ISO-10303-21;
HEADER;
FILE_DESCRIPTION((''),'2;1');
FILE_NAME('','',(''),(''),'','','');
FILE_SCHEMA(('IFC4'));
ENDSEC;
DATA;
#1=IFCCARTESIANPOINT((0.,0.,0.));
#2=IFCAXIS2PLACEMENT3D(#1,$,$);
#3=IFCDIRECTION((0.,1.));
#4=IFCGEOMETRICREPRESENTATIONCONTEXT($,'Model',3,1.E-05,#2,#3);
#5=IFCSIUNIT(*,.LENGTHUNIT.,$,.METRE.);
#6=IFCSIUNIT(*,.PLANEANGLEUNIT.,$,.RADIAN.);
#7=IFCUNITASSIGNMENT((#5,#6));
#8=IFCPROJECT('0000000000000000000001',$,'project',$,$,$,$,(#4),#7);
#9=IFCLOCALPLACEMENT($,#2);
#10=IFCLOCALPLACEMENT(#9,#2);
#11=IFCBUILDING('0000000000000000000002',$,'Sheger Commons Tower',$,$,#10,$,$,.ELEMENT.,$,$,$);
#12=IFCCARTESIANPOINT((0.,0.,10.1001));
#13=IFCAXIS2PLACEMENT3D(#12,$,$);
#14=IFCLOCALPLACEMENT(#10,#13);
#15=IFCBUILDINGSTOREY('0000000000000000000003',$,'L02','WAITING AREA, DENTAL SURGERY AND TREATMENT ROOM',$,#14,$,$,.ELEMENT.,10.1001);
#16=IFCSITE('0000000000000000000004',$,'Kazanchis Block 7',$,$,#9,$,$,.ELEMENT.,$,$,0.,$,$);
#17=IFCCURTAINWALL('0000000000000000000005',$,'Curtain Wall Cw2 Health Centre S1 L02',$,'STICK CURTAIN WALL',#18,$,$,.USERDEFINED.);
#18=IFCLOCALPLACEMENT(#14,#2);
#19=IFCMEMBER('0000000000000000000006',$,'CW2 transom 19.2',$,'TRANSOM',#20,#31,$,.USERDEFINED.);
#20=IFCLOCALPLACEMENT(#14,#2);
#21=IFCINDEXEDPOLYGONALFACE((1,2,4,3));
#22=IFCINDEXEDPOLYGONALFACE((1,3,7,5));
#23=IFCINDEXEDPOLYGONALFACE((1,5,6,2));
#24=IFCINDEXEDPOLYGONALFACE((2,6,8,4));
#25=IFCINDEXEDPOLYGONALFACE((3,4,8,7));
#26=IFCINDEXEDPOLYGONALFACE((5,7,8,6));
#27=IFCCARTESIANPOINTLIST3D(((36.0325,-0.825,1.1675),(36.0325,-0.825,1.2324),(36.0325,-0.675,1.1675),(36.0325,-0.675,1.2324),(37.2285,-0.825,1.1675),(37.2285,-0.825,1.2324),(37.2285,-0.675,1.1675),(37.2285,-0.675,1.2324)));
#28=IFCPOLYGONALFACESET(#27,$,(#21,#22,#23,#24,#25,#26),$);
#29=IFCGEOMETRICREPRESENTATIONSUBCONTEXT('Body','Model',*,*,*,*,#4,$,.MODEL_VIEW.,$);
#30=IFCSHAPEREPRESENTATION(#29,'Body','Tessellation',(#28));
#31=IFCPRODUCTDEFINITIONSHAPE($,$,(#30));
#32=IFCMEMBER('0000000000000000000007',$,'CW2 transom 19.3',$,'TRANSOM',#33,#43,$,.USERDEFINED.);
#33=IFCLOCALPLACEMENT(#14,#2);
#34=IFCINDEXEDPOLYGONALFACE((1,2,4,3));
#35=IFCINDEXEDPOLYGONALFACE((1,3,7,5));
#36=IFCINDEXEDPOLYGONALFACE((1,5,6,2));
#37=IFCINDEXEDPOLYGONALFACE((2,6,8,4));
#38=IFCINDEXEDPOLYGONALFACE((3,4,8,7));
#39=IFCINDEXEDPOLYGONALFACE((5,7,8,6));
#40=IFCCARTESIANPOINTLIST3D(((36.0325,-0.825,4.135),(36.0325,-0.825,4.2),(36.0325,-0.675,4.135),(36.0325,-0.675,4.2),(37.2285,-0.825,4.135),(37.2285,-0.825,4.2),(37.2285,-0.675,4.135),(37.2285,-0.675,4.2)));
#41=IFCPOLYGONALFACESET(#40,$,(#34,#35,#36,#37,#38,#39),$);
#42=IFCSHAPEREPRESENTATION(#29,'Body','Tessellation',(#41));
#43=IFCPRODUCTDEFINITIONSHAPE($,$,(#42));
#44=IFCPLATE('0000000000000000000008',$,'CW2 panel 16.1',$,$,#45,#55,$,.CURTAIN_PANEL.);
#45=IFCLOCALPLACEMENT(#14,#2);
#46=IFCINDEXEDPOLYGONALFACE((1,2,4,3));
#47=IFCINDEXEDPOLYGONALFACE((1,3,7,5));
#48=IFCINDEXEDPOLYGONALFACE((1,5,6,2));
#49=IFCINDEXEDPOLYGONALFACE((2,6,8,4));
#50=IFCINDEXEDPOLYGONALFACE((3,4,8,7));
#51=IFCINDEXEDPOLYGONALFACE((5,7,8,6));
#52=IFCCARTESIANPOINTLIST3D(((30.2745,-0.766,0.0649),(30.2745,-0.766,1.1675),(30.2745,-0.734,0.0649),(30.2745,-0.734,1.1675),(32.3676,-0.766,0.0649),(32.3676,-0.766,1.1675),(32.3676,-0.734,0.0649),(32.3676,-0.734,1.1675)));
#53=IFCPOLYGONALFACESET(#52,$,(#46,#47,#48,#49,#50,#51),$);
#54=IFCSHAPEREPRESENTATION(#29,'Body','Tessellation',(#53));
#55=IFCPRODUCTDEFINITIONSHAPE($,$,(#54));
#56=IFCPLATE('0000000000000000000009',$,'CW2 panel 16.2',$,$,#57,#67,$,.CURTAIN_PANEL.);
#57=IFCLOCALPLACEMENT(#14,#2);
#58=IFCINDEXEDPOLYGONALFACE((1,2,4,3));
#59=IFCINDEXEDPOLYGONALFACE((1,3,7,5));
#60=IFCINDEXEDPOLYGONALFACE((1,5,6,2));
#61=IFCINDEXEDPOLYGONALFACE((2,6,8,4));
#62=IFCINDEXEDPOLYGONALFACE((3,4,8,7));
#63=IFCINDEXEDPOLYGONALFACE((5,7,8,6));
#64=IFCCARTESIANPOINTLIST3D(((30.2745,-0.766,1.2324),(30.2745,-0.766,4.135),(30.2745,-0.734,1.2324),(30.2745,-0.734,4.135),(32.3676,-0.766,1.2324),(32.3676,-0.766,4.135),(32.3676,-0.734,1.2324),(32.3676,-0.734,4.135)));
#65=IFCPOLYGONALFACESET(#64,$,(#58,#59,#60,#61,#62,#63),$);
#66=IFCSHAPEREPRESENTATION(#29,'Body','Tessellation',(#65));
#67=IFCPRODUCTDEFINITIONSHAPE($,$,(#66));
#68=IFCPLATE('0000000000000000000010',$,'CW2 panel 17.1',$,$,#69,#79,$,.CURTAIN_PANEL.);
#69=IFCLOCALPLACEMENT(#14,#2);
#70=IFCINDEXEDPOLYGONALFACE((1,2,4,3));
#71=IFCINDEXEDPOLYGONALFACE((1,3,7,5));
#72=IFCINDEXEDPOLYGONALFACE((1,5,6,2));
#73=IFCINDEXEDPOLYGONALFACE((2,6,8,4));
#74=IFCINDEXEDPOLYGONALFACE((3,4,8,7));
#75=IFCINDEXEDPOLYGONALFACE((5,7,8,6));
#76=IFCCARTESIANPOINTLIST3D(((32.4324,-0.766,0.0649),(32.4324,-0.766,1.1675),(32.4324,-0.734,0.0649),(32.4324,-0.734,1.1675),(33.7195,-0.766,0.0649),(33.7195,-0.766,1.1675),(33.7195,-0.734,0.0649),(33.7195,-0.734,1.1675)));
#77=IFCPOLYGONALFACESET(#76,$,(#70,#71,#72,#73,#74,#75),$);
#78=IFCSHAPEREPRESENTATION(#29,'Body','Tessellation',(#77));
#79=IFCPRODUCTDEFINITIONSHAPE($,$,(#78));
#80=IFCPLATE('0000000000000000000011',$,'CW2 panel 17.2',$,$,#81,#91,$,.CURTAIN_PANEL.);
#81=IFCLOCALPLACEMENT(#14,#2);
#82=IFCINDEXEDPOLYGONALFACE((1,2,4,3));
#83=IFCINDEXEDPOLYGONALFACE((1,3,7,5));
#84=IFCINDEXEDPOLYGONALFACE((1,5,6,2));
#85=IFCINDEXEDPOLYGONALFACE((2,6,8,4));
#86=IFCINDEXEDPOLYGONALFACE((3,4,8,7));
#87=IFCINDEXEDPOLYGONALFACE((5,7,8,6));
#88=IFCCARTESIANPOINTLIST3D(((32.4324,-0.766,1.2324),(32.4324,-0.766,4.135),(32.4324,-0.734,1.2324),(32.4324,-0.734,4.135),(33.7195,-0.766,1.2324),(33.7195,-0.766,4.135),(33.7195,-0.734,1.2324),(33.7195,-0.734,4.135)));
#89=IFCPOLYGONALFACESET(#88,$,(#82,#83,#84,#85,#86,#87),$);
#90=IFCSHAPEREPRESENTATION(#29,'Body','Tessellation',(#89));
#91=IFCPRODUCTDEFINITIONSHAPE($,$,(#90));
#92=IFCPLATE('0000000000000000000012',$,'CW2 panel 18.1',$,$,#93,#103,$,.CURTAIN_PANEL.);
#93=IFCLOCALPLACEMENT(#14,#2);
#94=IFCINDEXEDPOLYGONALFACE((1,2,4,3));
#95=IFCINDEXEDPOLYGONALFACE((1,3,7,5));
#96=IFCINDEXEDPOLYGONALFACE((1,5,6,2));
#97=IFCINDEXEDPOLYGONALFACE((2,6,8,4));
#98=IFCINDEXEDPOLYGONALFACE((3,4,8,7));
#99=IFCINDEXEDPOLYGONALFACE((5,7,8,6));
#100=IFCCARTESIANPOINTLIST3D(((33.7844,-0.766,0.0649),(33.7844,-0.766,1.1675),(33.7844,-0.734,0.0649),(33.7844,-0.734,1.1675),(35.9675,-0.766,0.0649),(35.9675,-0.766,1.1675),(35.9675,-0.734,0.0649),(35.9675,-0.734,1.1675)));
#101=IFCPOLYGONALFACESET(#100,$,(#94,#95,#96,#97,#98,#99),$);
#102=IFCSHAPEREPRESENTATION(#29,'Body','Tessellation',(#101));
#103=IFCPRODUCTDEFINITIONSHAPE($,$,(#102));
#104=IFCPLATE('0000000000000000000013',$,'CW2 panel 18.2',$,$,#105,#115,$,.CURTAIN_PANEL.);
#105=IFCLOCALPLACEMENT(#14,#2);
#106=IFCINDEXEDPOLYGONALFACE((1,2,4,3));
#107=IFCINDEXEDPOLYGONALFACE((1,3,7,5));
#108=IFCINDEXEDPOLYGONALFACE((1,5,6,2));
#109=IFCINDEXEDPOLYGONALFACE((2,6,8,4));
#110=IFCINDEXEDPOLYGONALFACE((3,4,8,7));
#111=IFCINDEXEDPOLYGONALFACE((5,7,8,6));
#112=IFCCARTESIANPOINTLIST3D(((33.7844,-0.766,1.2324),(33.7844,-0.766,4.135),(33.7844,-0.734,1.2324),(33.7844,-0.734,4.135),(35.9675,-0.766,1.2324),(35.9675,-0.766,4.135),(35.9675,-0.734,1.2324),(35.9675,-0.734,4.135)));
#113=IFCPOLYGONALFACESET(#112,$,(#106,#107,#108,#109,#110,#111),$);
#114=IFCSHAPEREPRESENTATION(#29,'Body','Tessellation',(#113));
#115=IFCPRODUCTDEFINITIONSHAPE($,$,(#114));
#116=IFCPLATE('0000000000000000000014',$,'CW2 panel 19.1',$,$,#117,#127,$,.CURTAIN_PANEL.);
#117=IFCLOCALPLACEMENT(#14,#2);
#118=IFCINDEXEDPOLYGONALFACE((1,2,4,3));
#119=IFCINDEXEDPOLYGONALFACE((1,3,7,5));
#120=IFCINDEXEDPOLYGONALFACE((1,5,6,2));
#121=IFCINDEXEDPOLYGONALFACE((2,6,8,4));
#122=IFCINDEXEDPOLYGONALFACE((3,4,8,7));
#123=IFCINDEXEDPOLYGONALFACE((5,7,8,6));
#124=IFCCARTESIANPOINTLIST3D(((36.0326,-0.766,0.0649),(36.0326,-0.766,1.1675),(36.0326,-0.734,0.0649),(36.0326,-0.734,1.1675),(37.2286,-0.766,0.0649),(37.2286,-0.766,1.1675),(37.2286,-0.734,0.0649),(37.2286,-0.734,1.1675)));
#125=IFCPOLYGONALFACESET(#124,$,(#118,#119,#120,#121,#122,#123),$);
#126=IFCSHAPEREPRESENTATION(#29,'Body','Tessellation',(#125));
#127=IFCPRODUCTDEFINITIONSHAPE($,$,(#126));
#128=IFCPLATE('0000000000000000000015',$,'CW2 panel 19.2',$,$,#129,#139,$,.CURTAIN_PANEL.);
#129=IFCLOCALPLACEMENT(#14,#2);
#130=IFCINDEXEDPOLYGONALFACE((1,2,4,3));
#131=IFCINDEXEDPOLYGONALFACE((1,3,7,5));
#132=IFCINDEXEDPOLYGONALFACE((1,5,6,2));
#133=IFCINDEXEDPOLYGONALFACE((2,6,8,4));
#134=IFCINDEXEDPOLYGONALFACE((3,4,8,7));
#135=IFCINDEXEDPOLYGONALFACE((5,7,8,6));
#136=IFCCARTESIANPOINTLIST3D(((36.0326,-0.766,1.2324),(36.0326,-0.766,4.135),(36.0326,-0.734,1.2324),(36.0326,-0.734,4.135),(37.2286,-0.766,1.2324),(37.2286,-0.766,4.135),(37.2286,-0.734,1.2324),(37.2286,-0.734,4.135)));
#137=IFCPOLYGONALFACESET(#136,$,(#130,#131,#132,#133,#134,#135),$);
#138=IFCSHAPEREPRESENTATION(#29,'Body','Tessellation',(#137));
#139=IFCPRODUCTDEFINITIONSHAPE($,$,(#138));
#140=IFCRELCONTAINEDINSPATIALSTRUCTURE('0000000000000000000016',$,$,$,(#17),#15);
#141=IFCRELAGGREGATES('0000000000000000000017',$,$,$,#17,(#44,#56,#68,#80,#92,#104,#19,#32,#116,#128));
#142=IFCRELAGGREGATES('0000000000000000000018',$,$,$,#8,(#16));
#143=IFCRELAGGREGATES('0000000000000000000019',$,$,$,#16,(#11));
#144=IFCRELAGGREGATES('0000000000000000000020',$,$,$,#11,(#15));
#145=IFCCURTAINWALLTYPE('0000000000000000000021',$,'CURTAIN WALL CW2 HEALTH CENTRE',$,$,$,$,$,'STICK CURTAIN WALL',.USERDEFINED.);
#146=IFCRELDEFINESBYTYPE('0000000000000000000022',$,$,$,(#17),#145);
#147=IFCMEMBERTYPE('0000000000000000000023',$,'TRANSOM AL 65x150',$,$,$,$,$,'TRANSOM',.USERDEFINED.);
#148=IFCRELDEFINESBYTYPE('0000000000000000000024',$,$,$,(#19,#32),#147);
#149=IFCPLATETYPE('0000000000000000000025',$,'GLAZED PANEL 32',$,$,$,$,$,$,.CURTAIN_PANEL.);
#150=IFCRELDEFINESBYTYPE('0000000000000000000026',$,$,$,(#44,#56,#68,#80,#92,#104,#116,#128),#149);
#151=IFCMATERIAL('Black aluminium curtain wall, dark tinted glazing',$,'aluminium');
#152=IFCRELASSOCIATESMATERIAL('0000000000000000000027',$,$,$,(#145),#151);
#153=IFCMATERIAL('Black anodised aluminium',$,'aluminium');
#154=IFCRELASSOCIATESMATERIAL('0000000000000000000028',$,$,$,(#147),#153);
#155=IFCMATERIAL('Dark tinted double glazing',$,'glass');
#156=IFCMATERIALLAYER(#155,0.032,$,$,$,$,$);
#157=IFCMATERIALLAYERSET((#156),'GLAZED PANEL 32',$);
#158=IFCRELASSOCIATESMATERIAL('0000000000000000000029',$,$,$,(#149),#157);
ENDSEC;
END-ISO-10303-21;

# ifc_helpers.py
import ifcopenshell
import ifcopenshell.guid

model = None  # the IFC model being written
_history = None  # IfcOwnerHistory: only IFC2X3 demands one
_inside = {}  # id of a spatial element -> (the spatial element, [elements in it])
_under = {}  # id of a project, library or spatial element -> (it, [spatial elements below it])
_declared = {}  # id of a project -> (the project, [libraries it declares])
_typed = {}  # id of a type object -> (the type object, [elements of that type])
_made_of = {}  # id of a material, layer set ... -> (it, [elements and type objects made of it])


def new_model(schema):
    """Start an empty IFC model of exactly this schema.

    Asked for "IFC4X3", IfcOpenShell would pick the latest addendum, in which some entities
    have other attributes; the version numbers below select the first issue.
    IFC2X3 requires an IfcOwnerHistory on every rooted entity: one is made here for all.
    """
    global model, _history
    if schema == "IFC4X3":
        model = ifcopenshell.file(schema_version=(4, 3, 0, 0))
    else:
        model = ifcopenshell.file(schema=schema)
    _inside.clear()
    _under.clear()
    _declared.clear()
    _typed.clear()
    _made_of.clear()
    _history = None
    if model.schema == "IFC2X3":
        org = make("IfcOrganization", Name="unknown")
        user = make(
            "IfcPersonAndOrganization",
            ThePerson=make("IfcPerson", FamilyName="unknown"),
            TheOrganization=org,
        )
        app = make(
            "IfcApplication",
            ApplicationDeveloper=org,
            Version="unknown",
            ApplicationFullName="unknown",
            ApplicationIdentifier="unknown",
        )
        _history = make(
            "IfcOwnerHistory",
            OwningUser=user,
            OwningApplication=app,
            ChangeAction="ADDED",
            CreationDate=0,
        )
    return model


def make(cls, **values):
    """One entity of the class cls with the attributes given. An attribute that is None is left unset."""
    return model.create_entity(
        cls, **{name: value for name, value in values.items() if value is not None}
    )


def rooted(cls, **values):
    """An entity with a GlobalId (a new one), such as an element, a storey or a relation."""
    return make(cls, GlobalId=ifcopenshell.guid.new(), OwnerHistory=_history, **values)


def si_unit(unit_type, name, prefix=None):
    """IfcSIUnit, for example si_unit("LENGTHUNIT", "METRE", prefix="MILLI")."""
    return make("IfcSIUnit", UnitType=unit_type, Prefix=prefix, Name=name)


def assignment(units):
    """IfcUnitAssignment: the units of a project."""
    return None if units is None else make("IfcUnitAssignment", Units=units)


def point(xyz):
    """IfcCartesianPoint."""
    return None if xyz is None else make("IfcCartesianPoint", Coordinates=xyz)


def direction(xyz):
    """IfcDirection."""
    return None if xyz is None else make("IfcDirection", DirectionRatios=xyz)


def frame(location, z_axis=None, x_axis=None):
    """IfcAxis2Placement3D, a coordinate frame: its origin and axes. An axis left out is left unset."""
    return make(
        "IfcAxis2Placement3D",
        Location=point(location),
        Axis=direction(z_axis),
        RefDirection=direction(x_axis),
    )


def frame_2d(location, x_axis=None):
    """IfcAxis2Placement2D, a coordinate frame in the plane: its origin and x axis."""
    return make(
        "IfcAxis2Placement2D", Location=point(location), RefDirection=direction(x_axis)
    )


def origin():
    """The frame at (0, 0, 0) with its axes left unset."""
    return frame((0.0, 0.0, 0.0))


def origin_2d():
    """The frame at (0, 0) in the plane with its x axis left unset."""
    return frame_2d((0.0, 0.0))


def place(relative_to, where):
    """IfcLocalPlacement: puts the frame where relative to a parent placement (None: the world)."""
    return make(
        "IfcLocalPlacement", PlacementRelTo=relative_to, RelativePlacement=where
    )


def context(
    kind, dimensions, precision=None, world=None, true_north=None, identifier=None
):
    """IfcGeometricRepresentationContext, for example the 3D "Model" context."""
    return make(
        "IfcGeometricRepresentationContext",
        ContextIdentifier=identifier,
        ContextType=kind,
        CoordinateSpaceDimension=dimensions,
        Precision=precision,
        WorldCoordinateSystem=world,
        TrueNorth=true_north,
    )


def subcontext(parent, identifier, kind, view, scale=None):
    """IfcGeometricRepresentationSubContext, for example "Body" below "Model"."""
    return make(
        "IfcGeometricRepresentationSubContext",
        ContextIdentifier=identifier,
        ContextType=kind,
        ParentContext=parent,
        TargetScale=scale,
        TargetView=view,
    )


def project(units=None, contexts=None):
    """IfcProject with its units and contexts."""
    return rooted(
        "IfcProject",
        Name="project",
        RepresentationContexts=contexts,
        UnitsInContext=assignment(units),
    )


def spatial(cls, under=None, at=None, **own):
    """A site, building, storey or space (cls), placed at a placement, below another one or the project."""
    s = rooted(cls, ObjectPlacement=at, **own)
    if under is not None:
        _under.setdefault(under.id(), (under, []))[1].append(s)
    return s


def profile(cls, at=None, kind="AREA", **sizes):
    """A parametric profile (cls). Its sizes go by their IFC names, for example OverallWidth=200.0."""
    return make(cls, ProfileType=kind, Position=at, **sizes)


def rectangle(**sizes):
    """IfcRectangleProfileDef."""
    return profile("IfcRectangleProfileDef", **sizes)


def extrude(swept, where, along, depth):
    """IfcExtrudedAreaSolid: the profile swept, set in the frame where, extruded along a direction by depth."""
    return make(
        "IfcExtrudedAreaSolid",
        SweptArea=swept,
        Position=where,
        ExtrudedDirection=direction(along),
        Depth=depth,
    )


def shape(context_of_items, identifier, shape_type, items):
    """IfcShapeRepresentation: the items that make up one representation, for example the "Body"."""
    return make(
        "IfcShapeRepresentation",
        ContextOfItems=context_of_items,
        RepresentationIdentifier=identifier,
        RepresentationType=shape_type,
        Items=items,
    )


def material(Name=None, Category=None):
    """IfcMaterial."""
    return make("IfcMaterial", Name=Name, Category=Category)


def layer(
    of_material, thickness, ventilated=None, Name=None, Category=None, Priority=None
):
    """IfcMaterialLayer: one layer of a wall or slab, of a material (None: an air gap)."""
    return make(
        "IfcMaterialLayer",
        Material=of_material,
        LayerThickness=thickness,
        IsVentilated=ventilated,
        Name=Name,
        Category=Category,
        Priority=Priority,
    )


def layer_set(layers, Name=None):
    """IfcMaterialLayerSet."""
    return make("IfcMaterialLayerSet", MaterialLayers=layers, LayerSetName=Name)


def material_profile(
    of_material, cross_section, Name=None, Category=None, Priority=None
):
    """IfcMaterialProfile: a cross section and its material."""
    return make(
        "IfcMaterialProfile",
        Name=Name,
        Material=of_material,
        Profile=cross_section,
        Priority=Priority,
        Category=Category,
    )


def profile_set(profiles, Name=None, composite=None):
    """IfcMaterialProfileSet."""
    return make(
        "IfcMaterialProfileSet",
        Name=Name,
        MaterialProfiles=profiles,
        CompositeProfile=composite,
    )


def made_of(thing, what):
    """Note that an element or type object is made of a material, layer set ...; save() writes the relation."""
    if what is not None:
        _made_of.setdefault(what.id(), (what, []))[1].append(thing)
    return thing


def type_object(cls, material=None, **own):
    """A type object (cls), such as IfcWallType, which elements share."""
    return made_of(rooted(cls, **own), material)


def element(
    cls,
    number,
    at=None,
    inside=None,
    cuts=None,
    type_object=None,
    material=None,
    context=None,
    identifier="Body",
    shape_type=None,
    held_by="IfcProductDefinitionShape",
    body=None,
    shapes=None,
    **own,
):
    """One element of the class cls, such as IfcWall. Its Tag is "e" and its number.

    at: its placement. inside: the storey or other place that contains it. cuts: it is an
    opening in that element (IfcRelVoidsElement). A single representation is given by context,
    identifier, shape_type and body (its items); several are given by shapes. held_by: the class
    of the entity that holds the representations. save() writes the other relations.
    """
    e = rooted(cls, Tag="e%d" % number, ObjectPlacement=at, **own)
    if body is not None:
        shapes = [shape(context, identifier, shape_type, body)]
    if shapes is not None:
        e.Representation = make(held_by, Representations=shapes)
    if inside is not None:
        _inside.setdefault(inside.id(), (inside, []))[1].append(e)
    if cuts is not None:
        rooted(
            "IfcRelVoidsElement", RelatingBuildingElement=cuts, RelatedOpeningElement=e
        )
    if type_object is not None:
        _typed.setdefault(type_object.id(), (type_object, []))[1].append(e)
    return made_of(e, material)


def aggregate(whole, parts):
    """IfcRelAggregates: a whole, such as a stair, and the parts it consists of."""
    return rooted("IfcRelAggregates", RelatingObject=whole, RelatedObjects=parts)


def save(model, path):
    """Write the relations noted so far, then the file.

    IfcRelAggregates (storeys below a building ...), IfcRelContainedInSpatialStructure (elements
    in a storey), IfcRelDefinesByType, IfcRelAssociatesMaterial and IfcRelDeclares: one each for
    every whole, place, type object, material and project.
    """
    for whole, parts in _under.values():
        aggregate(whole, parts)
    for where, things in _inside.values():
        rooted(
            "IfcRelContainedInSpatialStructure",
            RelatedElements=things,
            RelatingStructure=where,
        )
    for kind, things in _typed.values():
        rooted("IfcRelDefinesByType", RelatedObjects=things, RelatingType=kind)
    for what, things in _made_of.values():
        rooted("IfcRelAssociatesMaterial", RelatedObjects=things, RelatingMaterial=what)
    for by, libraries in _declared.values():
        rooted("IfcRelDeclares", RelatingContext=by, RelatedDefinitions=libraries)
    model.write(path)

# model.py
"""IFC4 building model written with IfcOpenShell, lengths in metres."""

from ifc_helpers import new_model, si_unit, direction, frame, origin, origin_2d, place, context, subcontext, project, spatial, rectangle, extrude, material, layer, layer_set, material_profile, profile_set, type_object, element, aggregate, save


model = new_model("IFC4")

# Units and contexts
model_context = context("Model", 3, precision=1e-05, world=origin(), true_north=direction((0.0, 1.0)))
body_context = subcontext(model_context, "Body", "Model", "MODEL_VIEW")
ifc_project = project(units=[si_unit("LENGTHUNIT", "METRE"), si_unit("PLANEANGLEUNIT", "RADIAN")], contexts=[model_context])

# Site, building, storey
site_placement = place(None, origin())
site = spatial("IfcSite", under=ifc_project, at=site_placement, Name="Kazanchis Block 7", CompositionType="ELEMENT", RefElevation=0.0)
building_placement = place(site_placement, origin())
building = spatial("IfcBuilding", under=site, at=building_placement, Name="Sheger Commons Tower", CompositionType="ELEMENT")
storey_placement = place(building_placement, frame((0.0, 0.0, 10.1001)))
storey = spatial("IfcBuildingStorey", under=building, at=storey_placement, Name="L02", Description="WAITING AREA, DENTAL SURGERY AND TREATMENT ROOM", CompositionType="ELEMENT", Elevation=10.1001)

# Curtain wall, members, plates
ifc_material_1 = material(Name="Black aluminium curtain wall, dark tinted glazing", Category="aluminium")
curtain_wall_type = type_object("IfcCurtainWallType", Name="CURTAIN WALL CW2 HEALTH CENTRE", ElementType="STICK CURTAIN WALL", PredefinedType="USERDEFINED", material=ifc_material_1)
curtain_wall_placement = place(storey_placement, origin())
curtain_wall = element("IfcCurtainWall", 1, at=curtain_wall_placement, inside=storey, type_object=curtain_wall_type, Name="Curtain Wall Cw2 Health Centre S1 L02", ObjectType="STICK CURTAIN WALL", PredefinedType="USERDEFINED")
ifc_material_2 = material(Name="Black anodised aluminium", Category="aluminium")
ifc_material_profile_1 = material_profile(ifc_material_2, rectangle(XDim=0.1499, YDim=0.0649, at=origin_2d()), Name="AL 65x150")
ifc_profile_set_1 = profile_set([ifc_material_profile_1], Name="Black anodised aluminium")
member_type_1 = type_object("IfcMemberType", Name="TRANSOM AL 65x150", ElementType="TRANSOM", PredefinedType="USERDEFINED", material=ifc_profile_set_1)
member_1_placement = place(storey_placement, frame((36.0325, -0.75, 1.2), z_axis=(1.0, 0.0, 0.0), x_axis=(0.0, 1.0, 0.0)))
member_1 = element("IfcMember", 2, at=member_1_placement, type_object=member_type_1, Name="CW2 transom 19.2", ObjectType="TRANSOM", PredefinedType="USERDEFINED", context=body_context, shape_type="SweptSolid", body=[
    extrude(rectangle(XDim=0.1499, YDim=0.0649, at=origin_2d()), origin(), (0.0, 0.0, 1.0), 1.196),
])
member_2_placement = place(storey_placement, frame((36.0325, -0.75, 4.1675), z_axis=(1.0, 0.0, 0.0), x_axis=(0.0, 1.0, 0.0)))
member_2 = element("IfcMember", 3, at=member_2_placement, type_object=member_type_1, Name="CW2 transom 19.3", ObjectType="TRANSOM", PredefinedType="USERDEFINED", context=body_context, shape_type="SweptSolid", body=[
    extrude(rectangle(XDim=0.1499, YDim=0.0649, at=origin_2d()), origin(), (0.0, 0.0, 1.0), 1.196),
])
ifc_material_3 = material(Name="Dark tinted double glazing", Category="glass")
ifc_layer = layer(ifc_material_3, 0.032)
ifc_layer_set = layer_set([ifc_layer], Name="GLAZED PANEL 32")
plate_type = type_object("IfcPlateType", Name="GLAZED PANEL 32", PredefinedType="CURTAIN_PANEL", material=ifc_layer_set)
plate_1_placement = place(storey_placement, frame((31.321, -0.75, 0.0649), z_axis=(0.0, 0.0, 1.0), x_axis=(1.0, 0.0, 0.0)))
plate_1 = element("IfcPlate", 4, at=plate_1_placement, type_object=plate_type, Name="CW2 panel 16.1", PredefinedType="CURTAIN_PANEL", context=body_context, shape_type="SweptSolid", body=[
    extrude(rectangle(XDim=2.093, YDim=0.032, at=origin_2d()), origin(), (0.0, 0.0, 1.0), 1.1025),
])
plate_2_placement = place(storey_placement, frame((31.321, -0.75, 1.2324), z_axis=(0.0, 0.0, 1.0), x_axis=(1.0, 0.0, 0.0)))
plate_2 = element("IfcPlate", 5, at=plate_2_placement, type_object=plate_type, Name="CW2 panel 16.2", PredefinedType="CURTAIN_PANEL", context=body_context, shape_type="SweptSolid", body=[
    extrude(rectangle(XDim=2.093, YDim=0.032, at=origin_2d()), origin(), (0.0, 0.0, 1.0), 2.9026),
])
plate_3_placement = place(storey_placement, frame((33.0759, -0.75, 0.0649), z_axis=(0.0, 0.0, 1.0), x_axis=(1.0, 0.0, 0.0)))
plate_3 = element("IfcPlate", 6, at=plate_3_placement, type_object=plate_type, Name="CW2 panel 17.1", PredefinedType="CURTAIN_PANEL", context=body_context, shape_type="SweptSolid", body=[
    extrude(rectangle(XDim=1.2871, YDim=0.032, at=origin_2d()), origin(), (0.0, 0.0, 1.0), 1.1025),
])
plate_4_placement = place(storey_placement, frame((33.0759, -0.75, 1.2324), z_axis=(0.0, 0.0, 1.0), x_axis=(1.0, 0.0, 0.0)))
plate_4 = element("IfcPlate", 7, at=plate_4_placement, type_object=plate_type, Name="CW2 panel 17.2", PredefinedType="CURTAIN_PANEL", context=body_context, shape_type="SweptSolid", body=[
    extrude(rectangle(XDim=1.2871, YDim=0.032, at=origin_2d()), origin(), (0.0, 0.0, 1.0), 2.9026),
])
plate_5_placement = place(storey_placement, frame((34.876, -0.75, 0.0649), z_axis=(0.0, 0.0, 1.0), x_axis=(1.0, 0.0, 0.0)))
plate_5 = element("IfcPlate", 8, at=plate_5_placement, type_object=plate_type, Name="CW2 panel 18.1", PredefinedType="CURTAIN_PANEL", context=body_context, shape_type="SweptSolid", body=[
    extrude(rectangle(XDim=2.1831, YDim=0.032, at=origin_2d()), origin(), (0.0, 0.0, 1.0), 1.1025),
])
plate_6_placement = place(storey_placement, frame((34.876, -0.75, 1.2324), z_axis=(0.0, 0.0, 1.0), x_axis=(1.0, 0.0, 0.0)))
plate_6 = element("IfcPlate", 9, at=plate_6_placement, type_object=plate_type, Name="CW2 panel 18.2", PredefinedType="CURTAIN_PANEL", context=body_context, shape_type="SweptSolid", body=[
    extrude(rectangle(XDim=2.1831, YDim=0.032, at=origin_2d()), origin(), (0.0, 0.0, 1.0), 2.9026),
])
plate_7_placement = place(storey_placement, frame((36.6306, -0.75, 0.0649), z_axis=(0.0, 0.0, 1.0), x_axis=(1.0, 0.0, 0.0)))
plate_7 = element("IfcPlate", 10, at=plate_7_placement, type_object=plate_type, Name="CW2 panel 19.1", PredefinedType="CURTAIN_PANEL", context=body_context, shape_type="SweptSolid", body=[
    extrude(rectangle(XDim=1.196, YDim=0.032, at=origin_2d()), origin(), (0.0, 0.0, 1.0), 1.1025),
])
plate_8_placement = place(storey_placement, frame((36.6306, -0.75, 1.2324), z_axis=(0.0, 0.0, 1.0), x_axis=(1.0, 0.0, 0.0)))
plate_8 = element("IfcPlate", 11, at=plate_8_placement, type_object=plate_type, Name="CW2 panel 19.2", PredefinedType="CURTAIN_PANEL", context=body_context, shape_type="SweptSolid", body=[
    extrude(rectangle(XDim=1.196, YDim=0.032, at=origin_2d()), origin(), (0.0, 0.0, 1.0), 2.9026),
])
aggregate(curtain_wall, [plate_1, plate_2, plate_3, plate_4, plate_5, plate_6, member_1, member_2, plate_7, plate_8])

save(model, "model.ifc")
